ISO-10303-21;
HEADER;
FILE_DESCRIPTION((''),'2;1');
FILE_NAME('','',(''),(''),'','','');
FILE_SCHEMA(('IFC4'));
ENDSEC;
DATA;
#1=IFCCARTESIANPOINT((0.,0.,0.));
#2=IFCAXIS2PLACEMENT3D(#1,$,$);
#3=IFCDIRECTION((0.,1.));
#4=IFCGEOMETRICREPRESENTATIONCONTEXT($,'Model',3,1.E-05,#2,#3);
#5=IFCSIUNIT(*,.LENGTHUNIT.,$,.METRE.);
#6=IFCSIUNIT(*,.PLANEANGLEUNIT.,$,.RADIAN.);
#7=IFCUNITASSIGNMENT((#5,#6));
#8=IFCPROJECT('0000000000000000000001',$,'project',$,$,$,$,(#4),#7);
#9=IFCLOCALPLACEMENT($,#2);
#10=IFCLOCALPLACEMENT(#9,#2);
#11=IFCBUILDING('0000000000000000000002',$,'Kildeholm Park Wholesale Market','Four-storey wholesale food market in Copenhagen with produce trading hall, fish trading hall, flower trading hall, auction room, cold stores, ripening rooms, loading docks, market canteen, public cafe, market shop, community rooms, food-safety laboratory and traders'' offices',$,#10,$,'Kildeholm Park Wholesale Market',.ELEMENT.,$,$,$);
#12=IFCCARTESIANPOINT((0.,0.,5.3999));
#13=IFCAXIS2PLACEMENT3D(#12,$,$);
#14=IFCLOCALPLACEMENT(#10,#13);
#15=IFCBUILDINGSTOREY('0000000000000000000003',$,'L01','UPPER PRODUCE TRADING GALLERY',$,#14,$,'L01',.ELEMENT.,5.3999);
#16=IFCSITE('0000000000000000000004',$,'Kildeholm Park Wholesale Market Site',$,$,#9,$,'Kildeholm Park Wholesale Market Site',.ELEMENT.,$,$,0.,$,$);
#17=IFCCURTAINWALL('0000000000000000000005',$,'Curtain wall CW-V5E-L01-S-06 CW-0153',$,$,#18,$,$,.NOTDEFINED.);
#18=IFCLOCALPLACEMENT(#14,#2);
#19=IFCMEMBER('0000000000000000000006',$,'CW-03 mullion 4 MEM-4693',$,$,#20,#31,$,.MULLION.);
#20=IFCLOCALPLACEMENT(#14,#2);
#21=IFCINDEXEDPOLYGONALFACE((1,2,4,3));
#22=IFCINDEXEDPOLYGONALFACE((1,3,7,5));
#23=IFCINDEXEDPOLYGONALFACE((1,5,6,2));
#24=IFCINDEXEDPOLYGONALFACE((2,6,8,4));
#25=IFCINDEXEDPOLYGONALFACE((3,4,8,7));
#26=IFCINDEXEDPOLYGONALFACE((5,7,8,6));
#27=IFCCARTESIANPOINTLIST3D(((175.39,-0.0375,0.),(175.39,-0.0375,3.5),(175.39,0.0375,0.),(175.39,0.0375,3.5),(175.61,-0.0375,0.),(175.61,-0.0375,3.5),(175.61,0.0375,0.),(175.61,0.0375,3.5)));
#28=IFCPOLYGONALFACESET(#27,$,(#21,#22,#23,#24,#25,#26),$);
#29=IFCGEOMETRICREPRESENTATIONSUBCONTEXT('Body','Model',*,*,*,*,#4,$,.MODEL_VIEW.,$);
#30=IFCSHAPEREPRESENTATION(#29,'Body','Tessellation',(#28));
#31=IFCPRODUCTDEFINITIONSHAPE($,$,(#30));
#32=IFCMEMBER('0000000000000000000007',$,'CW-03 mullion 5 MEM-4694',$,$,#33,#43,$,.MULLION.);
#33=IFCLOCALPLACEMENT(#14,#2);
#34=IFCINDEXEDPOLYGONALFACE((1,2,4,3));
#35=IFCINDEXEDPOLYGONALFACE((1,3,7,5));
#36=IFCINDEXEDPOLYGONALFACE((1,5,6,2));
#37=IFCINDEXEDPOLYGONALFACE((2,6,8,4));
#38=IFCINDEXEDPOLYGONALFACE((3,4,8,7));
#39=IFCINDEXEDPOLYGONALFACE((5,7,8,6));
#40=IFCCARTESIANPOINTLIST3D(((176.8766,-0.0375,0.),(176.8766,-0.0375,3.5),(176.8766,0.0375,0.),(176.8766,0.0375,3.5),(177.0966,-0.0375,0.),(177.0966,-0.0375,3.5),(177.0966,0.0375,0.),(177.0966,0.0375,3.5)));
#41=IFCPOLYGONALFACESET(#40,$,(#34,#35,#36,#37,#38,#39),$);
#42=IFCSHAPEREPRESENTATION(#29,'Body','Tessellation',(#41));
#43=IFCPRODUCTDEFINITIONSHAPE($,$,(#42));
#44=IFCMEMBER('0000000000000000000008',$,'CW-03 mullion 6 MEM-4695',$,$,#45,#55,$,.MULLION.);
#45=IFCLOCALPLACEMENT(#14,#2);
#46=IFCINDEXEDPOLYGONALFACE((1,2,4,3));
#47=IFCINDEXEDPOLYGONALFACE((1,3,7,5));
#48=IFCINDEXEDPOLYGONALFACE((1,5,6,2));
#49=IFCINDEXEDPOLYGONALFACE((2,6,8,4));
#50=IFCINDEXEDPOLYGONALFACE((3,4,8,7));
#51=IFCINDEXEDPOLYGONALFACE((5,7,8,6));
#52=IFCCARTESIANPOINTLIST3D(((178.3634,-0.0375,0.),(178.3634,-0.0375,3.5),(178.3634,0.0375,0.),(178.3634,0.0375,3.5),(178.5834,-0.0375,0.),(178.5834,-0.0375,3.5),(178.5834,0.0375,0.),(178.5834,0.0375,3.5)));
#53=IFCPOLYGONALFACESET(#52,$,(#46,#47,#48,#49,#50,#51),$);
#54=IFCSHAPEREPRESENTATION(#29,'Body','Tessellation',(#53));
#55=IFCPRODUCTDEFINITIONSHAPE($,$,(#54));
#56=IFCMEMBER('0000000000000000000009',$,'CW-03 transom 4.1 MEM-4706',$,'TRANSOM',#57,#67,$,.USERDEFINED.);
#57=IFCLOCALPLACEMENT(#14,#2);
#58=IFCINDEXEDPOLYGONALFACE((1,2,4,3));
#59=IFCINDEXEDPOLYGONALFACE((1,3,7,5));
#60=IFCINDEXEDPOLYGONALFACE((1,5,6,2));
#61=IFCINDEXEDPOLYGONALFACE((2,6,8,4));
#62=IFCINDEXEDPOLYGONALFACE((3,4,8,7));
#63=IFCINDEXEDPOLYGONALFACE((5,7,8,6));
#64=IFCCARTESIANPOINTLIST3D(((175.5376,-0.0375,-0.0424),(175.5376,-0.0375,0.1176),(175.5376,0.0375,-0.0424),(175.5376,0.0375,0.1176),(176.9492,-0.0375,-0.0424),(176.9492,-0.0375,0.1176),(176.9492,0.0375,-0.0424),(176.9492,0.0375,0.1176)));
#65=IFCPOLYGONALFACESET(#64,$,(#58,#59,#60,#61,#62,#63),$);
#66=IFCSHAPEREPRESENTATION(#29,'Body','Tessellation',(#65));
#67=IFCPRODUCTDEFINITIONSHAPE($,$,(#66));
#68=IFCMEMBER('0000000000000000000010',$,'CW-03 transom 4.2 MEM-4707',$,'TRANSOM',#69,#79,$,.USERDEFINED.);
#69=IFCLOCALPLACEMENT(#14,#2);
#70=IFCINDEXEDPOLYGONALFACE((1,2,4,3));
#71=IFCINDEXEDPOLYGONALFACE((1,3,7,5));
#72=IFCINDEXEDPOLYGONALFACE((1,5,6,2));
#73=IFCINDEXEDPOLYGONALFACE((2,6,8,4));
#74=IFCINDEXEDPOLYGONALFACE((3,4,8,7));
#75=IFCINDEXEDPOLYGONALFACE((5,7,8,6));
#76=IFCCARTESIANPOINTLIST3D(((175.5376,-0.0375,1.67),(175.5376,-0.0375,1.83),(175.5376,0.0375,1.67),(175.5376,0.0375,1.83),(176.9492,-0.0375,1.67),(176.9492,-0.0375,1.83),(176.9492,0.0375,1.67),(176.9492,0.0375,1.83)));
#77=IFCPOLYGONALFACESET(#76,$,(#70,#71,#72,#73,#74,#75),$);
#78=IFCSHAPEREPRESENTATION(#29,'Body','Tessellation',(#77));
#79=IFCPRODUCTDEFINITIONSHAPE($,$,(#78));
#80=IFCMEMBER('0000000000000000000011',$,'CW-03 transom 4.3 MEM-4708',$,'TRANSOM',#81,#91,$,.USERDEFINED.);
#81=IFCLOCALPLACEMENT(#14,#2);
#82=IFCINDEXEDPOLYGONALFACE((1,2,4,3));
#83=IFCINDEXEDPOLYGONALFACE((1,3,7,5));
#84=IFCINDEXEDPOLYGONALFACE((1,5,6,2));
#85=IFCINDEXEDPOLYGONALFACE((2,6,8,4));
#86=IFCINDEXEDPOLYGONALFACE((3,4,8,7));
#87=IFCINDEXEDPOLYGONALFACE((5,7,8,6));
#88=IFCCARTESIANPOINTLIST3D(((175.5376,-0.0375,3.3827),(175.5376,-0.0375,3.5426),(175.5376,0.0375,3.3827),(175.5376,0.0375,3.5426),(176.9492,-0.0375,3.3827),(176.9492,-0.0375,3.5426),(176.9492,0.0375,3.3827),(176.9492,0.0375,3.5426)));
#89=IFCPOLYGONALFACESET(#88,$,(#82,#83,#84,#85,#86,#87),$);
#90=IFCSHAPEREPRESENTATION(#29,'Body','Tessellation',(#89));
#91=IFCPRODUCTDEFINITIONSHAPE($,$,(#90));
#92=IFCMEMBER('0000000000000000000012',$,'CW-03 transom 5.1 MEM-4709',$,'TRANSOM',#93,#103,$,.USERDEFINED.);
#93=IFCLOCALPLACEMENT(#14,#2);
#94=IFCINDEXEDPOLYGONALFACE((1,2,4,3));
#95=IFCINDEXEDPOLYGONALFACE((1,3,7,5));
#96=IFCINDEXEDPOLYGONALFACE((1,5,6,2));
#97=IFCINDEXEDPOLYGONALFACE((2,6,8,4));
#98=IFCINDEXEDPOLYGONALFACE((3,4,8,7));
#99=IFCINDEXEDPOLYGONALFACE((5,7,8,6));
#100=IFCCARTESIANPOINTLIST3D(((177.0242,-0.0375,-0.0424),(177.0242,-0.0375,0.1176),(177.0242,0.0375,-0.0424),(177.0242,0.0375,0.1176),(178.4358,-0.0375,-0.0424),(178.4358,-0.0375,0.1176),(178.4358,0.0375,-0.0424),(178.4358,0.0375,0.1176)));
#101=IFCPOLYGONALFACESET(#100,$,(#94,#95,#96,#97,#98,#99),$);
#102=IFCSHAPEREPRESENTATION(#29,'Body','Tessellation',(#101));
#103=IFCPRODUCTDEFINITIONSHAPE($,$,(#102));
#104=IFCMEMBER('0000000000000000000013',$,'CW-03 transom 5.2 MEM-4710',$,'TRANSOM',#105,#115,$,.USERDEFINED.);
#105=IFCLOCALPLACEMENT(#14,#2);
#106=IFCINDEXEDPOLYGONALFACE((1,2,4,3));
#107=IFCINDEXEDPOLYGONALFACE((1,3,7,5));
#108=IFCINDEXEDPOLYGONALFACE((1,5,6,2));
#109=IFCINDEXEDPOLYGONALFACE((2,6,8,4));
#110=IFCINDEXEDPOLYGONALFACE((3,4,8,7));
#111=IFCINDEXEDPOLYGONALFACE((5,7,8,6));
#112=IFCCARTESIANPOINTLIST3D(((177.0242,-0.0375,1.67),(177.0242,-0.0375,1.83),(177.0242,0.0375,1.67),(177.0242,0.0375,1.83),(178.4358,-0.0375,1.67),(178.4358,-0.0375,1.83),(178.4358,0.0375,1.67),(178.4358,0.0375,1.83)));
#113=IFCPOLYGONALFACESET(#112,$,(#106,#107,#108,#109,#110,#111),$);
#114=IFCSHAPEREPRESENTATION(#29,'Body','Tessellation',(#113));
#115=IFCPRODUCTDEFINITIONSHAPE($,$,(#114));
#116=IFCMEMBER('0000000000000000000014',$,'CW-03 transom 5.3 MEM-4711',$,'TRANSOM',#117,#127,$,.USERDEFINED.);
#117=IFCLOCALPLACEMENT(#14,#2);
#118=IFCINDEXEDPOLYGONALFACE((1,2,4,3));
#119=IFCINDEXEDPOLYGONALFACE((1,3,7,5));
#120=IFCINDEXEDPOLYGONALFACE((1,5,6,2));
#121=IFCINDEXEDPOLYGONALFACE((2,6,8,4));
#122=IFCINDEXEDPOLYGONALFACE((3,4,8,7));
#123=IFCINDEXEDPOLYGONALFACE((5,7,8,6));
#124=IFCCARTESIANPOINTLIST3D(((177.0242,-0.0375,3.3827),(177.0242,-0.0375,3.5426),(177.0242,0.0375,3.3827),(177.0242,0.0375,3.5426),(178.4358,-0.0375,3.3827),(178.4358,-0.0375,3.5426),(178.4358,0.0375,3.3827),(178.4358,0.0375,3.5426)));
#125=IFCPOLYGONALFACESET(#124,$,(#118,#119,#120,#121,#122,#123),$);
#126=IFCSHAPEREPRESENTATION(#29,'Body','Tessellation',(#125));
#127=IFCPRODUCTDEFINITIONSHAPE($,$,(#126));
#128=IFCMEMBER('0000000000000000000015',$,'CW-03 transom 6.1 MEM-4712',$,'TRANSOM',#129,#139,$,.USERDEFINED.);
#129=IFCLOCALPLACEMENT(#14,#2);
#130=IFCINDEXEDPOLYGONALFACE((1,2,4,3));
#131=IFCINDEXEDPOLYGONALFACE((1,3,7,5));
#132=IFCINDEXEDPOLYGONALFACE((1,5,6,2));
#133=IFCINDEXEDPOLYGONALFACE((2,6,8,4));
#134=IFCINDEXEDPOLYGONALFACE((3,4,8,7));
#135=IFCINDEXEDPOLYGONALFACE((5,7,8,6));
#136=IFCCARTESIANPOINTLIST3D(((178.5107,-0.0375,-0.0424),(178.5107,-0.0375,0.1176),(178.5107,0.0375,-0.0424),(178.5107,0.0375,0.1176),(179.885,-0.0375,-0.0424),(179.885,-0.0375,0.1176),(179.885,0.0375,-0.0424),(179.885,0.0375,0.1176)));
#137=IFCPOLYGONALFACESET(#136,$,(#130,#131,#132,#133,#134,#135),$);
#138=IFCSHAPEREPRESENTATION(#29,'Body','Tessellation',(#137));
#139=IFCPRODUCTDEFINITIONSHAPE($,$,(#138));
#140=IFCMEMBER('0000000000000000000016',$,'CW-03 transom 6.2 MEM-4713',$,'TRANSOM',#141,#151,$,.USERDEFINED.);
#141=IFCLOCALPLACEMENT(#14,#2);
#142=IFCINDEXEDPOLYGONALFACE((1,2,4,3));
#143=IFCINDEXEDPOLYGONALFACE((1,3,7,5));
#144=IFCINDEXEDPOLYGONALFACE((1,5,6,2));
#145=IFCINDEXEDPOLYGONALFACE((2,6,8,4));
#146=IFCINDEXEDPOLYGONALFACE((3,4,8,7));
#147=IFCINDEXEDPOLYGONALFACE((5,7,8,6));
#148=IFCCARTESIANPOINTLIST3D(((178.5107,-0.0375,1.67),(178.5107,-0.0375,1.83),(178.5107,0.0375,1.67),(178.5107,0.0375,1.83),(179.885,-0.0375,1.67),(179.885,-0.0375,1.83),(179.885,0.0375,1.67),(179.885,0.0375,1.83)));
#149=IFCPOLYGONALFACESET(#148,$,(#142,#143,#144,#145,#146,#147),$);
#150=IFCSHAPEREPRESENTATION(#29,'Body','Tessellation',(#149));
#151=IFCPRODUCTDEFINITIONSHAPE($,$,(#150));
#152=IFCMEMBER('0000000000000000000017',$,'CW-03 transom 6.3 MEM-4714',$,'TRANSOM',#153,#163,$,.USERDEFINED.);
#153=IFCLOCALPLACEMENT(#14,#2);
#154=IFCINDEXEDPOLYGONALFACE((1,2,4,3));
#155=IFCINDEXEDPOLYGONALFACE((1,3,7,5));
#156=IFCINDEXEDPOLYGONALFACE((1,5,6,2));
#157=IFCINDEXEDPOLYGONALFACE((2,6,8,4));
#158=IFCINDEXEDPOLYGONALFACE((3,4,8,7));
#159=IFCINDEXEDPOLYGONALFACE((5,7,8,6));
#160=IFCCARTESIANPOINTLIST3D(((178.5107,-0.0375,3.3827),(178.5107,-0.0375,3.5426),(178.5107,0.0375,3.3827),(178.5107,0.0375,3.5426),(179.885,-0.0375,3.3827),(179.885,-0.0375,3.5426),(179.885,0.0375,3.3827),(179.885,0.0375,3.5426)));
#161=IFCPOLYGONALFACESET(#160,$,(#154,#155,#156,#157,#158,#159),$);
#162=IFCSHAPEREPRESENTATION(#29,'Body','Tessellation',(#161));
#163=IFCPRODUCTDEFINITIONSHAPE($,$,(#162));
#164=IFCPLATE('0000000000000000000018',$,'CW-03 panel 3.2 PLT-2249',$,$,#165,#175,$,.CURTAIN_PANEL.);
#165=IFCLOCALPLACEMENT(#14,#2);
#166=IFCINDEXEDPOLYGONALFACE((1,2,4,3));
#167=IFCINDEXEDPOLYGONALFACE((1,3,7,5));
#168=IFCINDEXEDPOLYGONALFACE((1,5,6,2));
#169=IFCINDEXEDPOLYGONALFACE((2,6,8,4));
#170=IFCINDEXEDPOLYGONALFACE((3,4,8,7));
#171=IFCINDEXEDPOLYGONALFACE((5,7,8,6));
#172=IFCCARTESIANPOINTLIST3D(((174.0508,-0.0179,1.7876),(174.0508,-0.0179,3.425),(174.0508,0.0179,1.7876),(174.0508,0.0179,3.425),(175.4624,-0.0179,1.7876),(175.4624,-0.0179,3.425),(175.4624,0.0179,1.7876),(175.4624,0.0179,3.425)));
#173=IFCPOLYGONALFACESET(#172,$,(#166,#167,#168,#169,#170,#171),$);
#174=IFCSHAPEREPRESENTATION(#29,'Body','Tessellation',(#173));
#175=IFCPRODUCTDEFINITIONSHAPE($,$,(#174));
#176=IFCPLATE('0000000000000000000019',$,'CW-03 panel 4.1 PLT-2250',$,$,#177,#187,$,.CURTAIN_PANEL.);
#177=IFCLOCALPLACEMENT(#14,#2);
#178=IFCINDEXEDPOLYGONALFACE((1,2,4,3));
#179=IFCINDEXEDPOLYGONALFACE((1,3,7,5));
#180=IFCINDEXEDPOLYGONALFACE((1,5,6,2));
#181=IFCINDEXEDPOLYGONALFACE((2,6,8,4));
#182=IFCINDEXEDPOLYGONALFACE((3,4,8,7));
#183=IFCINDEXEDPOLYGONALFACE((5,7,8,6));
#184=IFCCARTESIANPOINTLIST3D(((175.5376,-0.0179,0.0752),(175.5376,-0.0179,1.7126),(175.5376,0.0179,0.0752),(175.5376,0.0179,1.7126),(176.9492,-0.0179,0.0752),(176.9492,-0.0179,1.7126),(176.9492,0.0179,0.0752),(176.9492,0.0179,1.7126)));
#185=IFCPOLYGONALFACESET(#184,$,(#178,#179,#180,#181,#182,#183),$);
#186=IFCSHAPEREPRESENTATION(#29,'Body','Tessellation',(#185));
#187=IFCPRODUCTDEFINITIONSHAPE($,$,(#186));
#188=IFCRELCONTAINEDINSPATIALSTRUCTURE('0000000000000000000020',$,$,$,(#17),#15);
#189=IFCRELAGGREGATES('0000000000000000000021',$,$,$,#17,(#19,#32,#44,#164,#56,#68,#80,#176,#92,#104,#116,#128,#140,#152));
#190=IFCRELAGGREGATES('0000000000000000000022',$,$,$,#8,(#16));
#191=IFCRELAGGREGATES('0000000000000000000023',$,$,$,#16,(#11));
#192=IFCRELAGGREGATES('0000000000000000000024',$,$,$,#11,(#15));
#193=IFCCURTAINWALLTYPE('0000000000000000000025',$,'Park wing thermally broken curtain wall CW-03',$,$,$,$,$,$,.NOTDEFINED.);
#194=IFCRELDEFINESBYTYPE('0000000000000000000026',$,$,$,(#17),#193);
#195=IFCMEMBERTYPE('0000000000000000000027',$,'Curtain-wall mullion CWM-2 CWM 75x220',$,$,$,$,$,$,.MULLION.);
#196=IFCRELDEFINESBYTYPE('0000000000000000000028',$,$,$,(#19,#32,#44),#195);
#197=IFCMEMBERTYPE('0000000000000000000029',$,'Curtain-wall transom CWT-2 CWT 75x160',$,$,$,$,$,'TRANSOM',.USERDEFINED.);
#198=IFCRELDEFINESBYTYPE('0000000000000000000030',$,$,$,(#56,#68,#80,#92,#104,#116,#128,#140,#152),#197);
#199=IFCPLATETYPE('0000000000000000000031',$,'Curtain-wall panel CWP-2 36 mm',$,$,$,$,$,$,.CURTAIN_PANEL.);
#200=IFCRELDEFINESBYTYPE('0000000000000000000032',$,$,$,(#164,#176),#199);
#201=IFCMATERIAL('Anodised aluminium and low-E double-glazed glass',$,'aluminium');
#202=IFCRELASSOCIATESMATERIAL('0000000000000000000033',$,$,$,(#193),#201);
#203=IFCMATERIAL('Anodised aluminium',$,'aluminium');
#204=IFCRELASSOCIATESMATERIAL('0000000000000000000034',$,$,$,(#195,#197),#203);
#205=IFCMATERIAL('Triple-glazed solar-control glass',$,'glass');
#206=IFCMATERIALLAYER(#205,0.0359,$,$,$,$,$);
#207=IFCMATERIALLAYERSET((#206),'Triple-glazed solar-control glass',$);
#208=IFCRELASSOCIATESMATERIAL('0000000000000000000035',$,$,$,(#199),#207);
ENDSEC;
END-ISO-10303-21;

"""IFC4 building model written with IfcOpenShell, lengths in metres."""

from ifc_helpers import new_model, si_unit, direction, frame, origin, origin_2d, place, context, subcontext, project, spatial, rectangle, extrude, material, layer, layer_set, material_profile, profile_set, type_object, element, aggregate, save


model = new_model("IFC4")

# Units and contexts
model_context = context("Model", 3, precision=1e-05, world=origin(), true_north=direction((0.0, 1.0)))
body_context = subcontext(model_context, "Body", "Model", "MODEL_VIEW")
ifc_project = project(units=[si_unit("LENGTHUNIT", "METRE"), si_unit("PLANEANGLEUNIT", "RADIAN")], contexts=[model_context])

# Site, building, storey
site_placement = place(None, origin())
site = spatial("IfcSite", under=ifc_project, at=site_placement, Name="Kildeholm Park Wholesale Market Site", LongName="Kildeholm Park Wholesale Market Site", CompositionType="ELEMENT", RefElevation=0.0)
building_placement = place(site_placement, origin())
building = spatial("IfcBuilding", under=site, at=building_placement, Name="Kildeholm Park Wholesale Market", Description="Four-storey wholesale food market in Copenhagen with produce trading hall, fish trading hall, flower trading hall, auction room, cold stores, ripening rooms, loading docks, market canteen, public cafe, market shop, community rooms, food-safety laboratory and traders' offices", LongName="Kildeholm Park Wholesale Market", CompositionType="ELEMENT")
storey_placement = place(building_placement, frame((0.0, 0.0, 5.3999)))
storey = spatial("IfcBuildingStorey", under=building, at=storey_placement, Name="L01", Description="UPPER PRODUCE TRADING GALLERY", LongName="L01", CompositionType="ELEMENT", Elevation=5.3999)

# Curtain wall, members, plates
ifc_material_1 = material(Name="Anodised aluminium and low-E double-glazed glass", Category="aluminium")
curtain_wall_type = type_object("IfcCurtainWallType", Name="Park wing thermally broken curtain wall CW-03", PredefinedType="NOTDEFINED", material=ifc_material_1)
curtain_wall_placement = place(storey_placement, origin())
curtain_wall = element("IfcCurtainWall", 1, at=curtain_wall_placement, inside=storey, type_object=curtain_wall_type, Name="Curtain wall CW-V5E-L01-S-06 CW-0153", PredefinedType="NOTDEFINED")
ifc_material_2 = material(Name="Anodised aluminium", Category="aluminium")
ifc_material_profile_1 = material_profile(ifc_material_2, rectangle(XDim=0.075, YDim=0.22, at=origin_2d()), Name="CWM 75x220")
ifc_profile_set_1 = profile_set([ifc_material_profile_1], Name="Anodised aluminium")
member_type_1 = type_object("IfcMemberType", Name="Curtain-wall mullion CWM-2 CWM 75x220", PredefinedType="MULLION", material=ifc_profile_set_1)
member_1_placement = place(storey_placement, frame((175.5, 0.0, 0.0), z_axis=(0.0, 0.0, 1.0), x_axis=(0.0, 1.0, 0.0)))
member_1 = element("IfcMember", 2, at=member_1_placement, type_object=member_type_1, Name="CW-03 mullion 4 MEM-4693", PredefinedType="MULLION", context=body_context, shape_type="SweptSolid", body=[
    extrude(rectangle(XDim=0.075, YDim=0.22, at=origin_2d()), origin(), (0.0, 0.0, 1.0), 3.5),
])
member_2_placement = place(storey_placement, frame((176.9866, 0.0, 0.0), z_axis=(0.0, 0.0, 1.0), x_axis=(0.0, 1.0, 0.0)))
member_2 = element("IfcMember", 3, at=member_2_placement, type_object=member_type_1, Name="CW-03 mullion 5 MEM-4694", PredefinedType="MULLION", context=body_context, shape_type="SweptSolid", body=[
    extrude(rectangle(XDim=0.075, YDim=0.22, at=origin_2d()), origin(), (0.0, 0.0, 1.0), 3.5),
])
member_3_placement = place(storey_placement, frame((178.4734, 0.0, 0.0), z_axis=(0.0, 0.0, 1.0), x_axis=(0.0, 1.0, 0.0)))
member_3 = element("IfcMember", 4, at=member_3_placement, type_object=member_type_1, Name="CW-03 mullion 6 MEM-4695", PredefinedType="MULLION", context=body_context, shape_type="SweptSolid", body=[
    extrude(rectangle(XDim=0.075, YDim=0.22, at=origin_2d()), origin(), (0.0, 0.0, 1.0), 3.5),
])
ifc_material_profile_2 = material_profile(ifc_material_2, rectangle(XDim=0.075, YDim=0.1599, at=origin_2d()), Name="CWT 75x160")
ifc_profile_set_2 = profile_set([ifc_material_profile_2], Name="Anodised aluminium")
member_type_2 = type_object("IfcMemberType", Name="Curtain-wall transom CWT-2 CWT 75x160", ElementType="TRANSOM", PredefinedType="USERDEFINED", material=ifc_profile_set_2)
member_4_placement = place(storey_placement, frame((175.5376, 0.0, 0.0376), z_axis=(1.0, 0.0, 0.0), x_axis=(0.0, 1.0, 0.0)))
member_4 = element("IfcMember", 5, at=member_4_placement, type_object=member_type_2, Name="CW-03 transom 4.1 MEM-4706", ObjectType="TRANSOM", PredefinedType="USERDEFINED", context=body_context, shape_type="SweptSolid", body=[
    extrude(rectangle(XDim=0.075, YDim=0.1599, at=origin_2d()), origin(), (0.0, 0.0, 1.0), 1.4116),
])
member_5_placement = place(storey_placement, frame((175.5376, 0.0, 1.75), z_axis=(1.0, 0.0, 0.0), x_axis=(0.0, 1.0, 0.0)))
member_5 = element("IfcMember", 6, at=member_5_placement, type_object=member_type_2, Name="CW-03 transom 4.2 MEM-4707", ObjectType="TRANSOM", PredefinedType="USERDEFINED", context=body_context, shape_type="SweptSolid", body=[
    extrude(rectangle(XDim=0.075, YDim=0.1599, at=origin_2d()), origin(), (0.0, 0.0, 1.0), 1.4116),
])
member_6_placement = place(storey_placement, frame((175.5376, 0.0, 3.4626), z_axis=(1.0, 0.0, 0.0), x_axis=(0.0, 1.0, 0.0)))
member_6 = element("IfcMember", 7, at=member_6_placement, type_object=member_type_2, Name="CW-03 transom 4.3 MEM-4708", ObjectType="TRANSOM", PredefinedType="USERDEFINED", context=body_context, shape_type="SweptSolid", body=[
    extrude(rectangle(XDim=0.075, YDim=0.1599, at=origin_2d()), origin(), (0.0, 0.0, 1.0), 1.4116),
])
member_7_placement = place(storey_placement, frame((177.0242, 0.0, 0.0376), z_axis=(1.0, 0.0, 0.0), x_axis=(0.0, 1.0, 0.0)))
member_7 = element("IfcMember", 8, at=member_7_placement, type_object=member_type_2, Name="CW-03 transom 5.1 MEM-4709", ObjectType="TRANSOM", PredefinedType="USERDEFINED", context=body_context, shape_type="SweptSolid", body=[
    extrude(rectangle(XDim=0.075, YDim=0.1599, at=origin_2d()), origin(), (0.0, 0.0, 1.0), 1.4116),
])
member_8_placement = place(storey_placement, frame((177.0242, 0.0, 1.75), z_axis=(1.0, 0.0, 0.0), x_axis=(0.0, 1.0, 0.0)))
member_8 = element("IfcMember", 9, at=member_8_placement, type_object=member_type_2, Name="CW-03 transom 5.2 MEM-4710", ObjectType="TRANSOM", PredefinedType="USERDEFINED", context=body_context, shape_type="SweptSolid", body=[
    extrude(rectangle(XDim=0.075, YDim=0.1599, at=origin_2d()), origin(), (0.0, 0.0, 1.0), 1.4116),
])
member_9_placement = place(storey_placement, frame((177.0242, 0.0, 3.4626), z_axis=(1.0, 0.0, 0.0), x_axis=(0.0, 1.0, 0.0)))
member_9 = element("IfcMember", 10, at=member_9_placement, type_object=member_type_2, Name="CW-03 transom 5.3 MEM-4711", ObjectType="TRANSOM", PredefinedType="USERDEFINED", context=body_context, shape_type="SweptSolid", body=[
    extrude(rectangle(XDim=0.075, YDim=0.1599, at=origin_2d()), origin(), (0.0, 0.0, 1.0), 1.4116),
])
member_10_placement = place(storey_placement, frame((178.5107, 0.0, 0.0376), z_axis=(1.0, 0.0, 0.0), x_axis=(0.0, 1.0, 0.0)))
member_10 = element("IfcMember", 11, at=member_10_placement, type_object=member_type_2, Name="CW-03 transom 6.1 MEM-4712", ObjectType="TRANSOM", PredefinedType="USERDEFINED", context=body_context, shape_type="SweptSolid", body=[
    extrude(rectangle(XDim=0.075, YDim=0.1599, at=origin_2d()), origin(), (0.0, 0.0, 1.0), 1.3743),
])
member_11_placement = place(storey_placement, frame((178.5107, 0.0, 1.75), z_axis=(1.0, 0.0, 0.0), x_axis=(0.0, 1.0, 0.0)))
member_11 = element("IfcMember", 12, at=member_11_placement, type_object=member_type_2, Name="CW-03 transom 6.2 MEM-4713", ObjectType="TRANSOM", PredefinedType="USERDEFINED", context=body_context, shape_type="SweptSolid", body=[
    extrude(rectangle(XDim=0.075, YDim=0.1599, at=origin_2d()), origin(), (0.0, 0.0, 1.0), 1.3743),
])
member_12_placement = place(storey_placement, frame((178.5107, 0.0, 3.4626), z_axis=(1.0, 0.0, 0.0), x_axis=(0.0, 1.0, 0.0)))
member_12 = element("IfcMember", 13, at=member_12_placement, type_object=member_type_2, Name="CW-03 transom 6.3 MEM-4714", ObjectType="TRANSOM", PredefinedType="USERDEFINED", context=body_context, shape_type="SweptSolid", body=[
    extrude(rectangle(XDim=0.075, YDim=0.1599, at=origin_2d()), origin(), (0.0, 0.0, 1.0), 1.3743),
])
ifc_material_3 = material(Name="Triple-glazed solar-control glass", Category="glass")
ifc_layer_1 = layer(ifc_material_3, 0.0359)
ifc_layer_set_1 = layer_set([ifc_layer_1], Name="Triple-glazed solar-control glass")
plate_type = type_object("IfcPlateType", Name="Curtain-wall panel CWP-2 36 mm", PredefinedType="CURTAIN_PANEL", material=ifc_layer_set_1)
plate_1_placement = place(storey_placement, frame((174.7566, 0.0, 1.7876), z_axis=(0.0, 0.0, 1.0), x_axis=(1.0, 0.0, 0.0)))
plate_1 = element("IfcPlate", 14, at=plate_1_placement, type_object=plate_type, Name="CW-03 panel 3.2 PLT-2249", PredefinedType="CURTAIN_PANEL", context=body_context, shape_type="SweptSolid", body=[
    extrude(rectangle(XDim=1.4116, YDim=0.0359, at=origin_2d()), origin(), (0.0, 0.0, 1.0), 1.6375),
])
plate_2_placement = place(storey_placement, frame((176.2434, 0.0, 0.0752), z_axis=(0.0, 0.0, 1.0), x_axis=(1.0, 0.0, 0.0)))
plate_2 = element("IfcPlate", 15, at=plate_2_placement, type_object=plate_type, Name="CW-03 panel 4.1 PLT-2250", PredefinedType="CURTAIN_PANEL", context=body_context, shape_type="SweptSolid", body=[
    extrude(rectangle(XDim=1.4116, YDim=0.0359, at=origin_2d()), origin(), (0.0, 0.0, 1.0), 1.6375),
])
aggregate(curtain_wall, [member_1, member_2, member_3, plate_1, member_4, member_5, member_6, plate_2, member_7, member_8, member_9, member_10, member_11, member_12])

save(model, "model.ifc")
